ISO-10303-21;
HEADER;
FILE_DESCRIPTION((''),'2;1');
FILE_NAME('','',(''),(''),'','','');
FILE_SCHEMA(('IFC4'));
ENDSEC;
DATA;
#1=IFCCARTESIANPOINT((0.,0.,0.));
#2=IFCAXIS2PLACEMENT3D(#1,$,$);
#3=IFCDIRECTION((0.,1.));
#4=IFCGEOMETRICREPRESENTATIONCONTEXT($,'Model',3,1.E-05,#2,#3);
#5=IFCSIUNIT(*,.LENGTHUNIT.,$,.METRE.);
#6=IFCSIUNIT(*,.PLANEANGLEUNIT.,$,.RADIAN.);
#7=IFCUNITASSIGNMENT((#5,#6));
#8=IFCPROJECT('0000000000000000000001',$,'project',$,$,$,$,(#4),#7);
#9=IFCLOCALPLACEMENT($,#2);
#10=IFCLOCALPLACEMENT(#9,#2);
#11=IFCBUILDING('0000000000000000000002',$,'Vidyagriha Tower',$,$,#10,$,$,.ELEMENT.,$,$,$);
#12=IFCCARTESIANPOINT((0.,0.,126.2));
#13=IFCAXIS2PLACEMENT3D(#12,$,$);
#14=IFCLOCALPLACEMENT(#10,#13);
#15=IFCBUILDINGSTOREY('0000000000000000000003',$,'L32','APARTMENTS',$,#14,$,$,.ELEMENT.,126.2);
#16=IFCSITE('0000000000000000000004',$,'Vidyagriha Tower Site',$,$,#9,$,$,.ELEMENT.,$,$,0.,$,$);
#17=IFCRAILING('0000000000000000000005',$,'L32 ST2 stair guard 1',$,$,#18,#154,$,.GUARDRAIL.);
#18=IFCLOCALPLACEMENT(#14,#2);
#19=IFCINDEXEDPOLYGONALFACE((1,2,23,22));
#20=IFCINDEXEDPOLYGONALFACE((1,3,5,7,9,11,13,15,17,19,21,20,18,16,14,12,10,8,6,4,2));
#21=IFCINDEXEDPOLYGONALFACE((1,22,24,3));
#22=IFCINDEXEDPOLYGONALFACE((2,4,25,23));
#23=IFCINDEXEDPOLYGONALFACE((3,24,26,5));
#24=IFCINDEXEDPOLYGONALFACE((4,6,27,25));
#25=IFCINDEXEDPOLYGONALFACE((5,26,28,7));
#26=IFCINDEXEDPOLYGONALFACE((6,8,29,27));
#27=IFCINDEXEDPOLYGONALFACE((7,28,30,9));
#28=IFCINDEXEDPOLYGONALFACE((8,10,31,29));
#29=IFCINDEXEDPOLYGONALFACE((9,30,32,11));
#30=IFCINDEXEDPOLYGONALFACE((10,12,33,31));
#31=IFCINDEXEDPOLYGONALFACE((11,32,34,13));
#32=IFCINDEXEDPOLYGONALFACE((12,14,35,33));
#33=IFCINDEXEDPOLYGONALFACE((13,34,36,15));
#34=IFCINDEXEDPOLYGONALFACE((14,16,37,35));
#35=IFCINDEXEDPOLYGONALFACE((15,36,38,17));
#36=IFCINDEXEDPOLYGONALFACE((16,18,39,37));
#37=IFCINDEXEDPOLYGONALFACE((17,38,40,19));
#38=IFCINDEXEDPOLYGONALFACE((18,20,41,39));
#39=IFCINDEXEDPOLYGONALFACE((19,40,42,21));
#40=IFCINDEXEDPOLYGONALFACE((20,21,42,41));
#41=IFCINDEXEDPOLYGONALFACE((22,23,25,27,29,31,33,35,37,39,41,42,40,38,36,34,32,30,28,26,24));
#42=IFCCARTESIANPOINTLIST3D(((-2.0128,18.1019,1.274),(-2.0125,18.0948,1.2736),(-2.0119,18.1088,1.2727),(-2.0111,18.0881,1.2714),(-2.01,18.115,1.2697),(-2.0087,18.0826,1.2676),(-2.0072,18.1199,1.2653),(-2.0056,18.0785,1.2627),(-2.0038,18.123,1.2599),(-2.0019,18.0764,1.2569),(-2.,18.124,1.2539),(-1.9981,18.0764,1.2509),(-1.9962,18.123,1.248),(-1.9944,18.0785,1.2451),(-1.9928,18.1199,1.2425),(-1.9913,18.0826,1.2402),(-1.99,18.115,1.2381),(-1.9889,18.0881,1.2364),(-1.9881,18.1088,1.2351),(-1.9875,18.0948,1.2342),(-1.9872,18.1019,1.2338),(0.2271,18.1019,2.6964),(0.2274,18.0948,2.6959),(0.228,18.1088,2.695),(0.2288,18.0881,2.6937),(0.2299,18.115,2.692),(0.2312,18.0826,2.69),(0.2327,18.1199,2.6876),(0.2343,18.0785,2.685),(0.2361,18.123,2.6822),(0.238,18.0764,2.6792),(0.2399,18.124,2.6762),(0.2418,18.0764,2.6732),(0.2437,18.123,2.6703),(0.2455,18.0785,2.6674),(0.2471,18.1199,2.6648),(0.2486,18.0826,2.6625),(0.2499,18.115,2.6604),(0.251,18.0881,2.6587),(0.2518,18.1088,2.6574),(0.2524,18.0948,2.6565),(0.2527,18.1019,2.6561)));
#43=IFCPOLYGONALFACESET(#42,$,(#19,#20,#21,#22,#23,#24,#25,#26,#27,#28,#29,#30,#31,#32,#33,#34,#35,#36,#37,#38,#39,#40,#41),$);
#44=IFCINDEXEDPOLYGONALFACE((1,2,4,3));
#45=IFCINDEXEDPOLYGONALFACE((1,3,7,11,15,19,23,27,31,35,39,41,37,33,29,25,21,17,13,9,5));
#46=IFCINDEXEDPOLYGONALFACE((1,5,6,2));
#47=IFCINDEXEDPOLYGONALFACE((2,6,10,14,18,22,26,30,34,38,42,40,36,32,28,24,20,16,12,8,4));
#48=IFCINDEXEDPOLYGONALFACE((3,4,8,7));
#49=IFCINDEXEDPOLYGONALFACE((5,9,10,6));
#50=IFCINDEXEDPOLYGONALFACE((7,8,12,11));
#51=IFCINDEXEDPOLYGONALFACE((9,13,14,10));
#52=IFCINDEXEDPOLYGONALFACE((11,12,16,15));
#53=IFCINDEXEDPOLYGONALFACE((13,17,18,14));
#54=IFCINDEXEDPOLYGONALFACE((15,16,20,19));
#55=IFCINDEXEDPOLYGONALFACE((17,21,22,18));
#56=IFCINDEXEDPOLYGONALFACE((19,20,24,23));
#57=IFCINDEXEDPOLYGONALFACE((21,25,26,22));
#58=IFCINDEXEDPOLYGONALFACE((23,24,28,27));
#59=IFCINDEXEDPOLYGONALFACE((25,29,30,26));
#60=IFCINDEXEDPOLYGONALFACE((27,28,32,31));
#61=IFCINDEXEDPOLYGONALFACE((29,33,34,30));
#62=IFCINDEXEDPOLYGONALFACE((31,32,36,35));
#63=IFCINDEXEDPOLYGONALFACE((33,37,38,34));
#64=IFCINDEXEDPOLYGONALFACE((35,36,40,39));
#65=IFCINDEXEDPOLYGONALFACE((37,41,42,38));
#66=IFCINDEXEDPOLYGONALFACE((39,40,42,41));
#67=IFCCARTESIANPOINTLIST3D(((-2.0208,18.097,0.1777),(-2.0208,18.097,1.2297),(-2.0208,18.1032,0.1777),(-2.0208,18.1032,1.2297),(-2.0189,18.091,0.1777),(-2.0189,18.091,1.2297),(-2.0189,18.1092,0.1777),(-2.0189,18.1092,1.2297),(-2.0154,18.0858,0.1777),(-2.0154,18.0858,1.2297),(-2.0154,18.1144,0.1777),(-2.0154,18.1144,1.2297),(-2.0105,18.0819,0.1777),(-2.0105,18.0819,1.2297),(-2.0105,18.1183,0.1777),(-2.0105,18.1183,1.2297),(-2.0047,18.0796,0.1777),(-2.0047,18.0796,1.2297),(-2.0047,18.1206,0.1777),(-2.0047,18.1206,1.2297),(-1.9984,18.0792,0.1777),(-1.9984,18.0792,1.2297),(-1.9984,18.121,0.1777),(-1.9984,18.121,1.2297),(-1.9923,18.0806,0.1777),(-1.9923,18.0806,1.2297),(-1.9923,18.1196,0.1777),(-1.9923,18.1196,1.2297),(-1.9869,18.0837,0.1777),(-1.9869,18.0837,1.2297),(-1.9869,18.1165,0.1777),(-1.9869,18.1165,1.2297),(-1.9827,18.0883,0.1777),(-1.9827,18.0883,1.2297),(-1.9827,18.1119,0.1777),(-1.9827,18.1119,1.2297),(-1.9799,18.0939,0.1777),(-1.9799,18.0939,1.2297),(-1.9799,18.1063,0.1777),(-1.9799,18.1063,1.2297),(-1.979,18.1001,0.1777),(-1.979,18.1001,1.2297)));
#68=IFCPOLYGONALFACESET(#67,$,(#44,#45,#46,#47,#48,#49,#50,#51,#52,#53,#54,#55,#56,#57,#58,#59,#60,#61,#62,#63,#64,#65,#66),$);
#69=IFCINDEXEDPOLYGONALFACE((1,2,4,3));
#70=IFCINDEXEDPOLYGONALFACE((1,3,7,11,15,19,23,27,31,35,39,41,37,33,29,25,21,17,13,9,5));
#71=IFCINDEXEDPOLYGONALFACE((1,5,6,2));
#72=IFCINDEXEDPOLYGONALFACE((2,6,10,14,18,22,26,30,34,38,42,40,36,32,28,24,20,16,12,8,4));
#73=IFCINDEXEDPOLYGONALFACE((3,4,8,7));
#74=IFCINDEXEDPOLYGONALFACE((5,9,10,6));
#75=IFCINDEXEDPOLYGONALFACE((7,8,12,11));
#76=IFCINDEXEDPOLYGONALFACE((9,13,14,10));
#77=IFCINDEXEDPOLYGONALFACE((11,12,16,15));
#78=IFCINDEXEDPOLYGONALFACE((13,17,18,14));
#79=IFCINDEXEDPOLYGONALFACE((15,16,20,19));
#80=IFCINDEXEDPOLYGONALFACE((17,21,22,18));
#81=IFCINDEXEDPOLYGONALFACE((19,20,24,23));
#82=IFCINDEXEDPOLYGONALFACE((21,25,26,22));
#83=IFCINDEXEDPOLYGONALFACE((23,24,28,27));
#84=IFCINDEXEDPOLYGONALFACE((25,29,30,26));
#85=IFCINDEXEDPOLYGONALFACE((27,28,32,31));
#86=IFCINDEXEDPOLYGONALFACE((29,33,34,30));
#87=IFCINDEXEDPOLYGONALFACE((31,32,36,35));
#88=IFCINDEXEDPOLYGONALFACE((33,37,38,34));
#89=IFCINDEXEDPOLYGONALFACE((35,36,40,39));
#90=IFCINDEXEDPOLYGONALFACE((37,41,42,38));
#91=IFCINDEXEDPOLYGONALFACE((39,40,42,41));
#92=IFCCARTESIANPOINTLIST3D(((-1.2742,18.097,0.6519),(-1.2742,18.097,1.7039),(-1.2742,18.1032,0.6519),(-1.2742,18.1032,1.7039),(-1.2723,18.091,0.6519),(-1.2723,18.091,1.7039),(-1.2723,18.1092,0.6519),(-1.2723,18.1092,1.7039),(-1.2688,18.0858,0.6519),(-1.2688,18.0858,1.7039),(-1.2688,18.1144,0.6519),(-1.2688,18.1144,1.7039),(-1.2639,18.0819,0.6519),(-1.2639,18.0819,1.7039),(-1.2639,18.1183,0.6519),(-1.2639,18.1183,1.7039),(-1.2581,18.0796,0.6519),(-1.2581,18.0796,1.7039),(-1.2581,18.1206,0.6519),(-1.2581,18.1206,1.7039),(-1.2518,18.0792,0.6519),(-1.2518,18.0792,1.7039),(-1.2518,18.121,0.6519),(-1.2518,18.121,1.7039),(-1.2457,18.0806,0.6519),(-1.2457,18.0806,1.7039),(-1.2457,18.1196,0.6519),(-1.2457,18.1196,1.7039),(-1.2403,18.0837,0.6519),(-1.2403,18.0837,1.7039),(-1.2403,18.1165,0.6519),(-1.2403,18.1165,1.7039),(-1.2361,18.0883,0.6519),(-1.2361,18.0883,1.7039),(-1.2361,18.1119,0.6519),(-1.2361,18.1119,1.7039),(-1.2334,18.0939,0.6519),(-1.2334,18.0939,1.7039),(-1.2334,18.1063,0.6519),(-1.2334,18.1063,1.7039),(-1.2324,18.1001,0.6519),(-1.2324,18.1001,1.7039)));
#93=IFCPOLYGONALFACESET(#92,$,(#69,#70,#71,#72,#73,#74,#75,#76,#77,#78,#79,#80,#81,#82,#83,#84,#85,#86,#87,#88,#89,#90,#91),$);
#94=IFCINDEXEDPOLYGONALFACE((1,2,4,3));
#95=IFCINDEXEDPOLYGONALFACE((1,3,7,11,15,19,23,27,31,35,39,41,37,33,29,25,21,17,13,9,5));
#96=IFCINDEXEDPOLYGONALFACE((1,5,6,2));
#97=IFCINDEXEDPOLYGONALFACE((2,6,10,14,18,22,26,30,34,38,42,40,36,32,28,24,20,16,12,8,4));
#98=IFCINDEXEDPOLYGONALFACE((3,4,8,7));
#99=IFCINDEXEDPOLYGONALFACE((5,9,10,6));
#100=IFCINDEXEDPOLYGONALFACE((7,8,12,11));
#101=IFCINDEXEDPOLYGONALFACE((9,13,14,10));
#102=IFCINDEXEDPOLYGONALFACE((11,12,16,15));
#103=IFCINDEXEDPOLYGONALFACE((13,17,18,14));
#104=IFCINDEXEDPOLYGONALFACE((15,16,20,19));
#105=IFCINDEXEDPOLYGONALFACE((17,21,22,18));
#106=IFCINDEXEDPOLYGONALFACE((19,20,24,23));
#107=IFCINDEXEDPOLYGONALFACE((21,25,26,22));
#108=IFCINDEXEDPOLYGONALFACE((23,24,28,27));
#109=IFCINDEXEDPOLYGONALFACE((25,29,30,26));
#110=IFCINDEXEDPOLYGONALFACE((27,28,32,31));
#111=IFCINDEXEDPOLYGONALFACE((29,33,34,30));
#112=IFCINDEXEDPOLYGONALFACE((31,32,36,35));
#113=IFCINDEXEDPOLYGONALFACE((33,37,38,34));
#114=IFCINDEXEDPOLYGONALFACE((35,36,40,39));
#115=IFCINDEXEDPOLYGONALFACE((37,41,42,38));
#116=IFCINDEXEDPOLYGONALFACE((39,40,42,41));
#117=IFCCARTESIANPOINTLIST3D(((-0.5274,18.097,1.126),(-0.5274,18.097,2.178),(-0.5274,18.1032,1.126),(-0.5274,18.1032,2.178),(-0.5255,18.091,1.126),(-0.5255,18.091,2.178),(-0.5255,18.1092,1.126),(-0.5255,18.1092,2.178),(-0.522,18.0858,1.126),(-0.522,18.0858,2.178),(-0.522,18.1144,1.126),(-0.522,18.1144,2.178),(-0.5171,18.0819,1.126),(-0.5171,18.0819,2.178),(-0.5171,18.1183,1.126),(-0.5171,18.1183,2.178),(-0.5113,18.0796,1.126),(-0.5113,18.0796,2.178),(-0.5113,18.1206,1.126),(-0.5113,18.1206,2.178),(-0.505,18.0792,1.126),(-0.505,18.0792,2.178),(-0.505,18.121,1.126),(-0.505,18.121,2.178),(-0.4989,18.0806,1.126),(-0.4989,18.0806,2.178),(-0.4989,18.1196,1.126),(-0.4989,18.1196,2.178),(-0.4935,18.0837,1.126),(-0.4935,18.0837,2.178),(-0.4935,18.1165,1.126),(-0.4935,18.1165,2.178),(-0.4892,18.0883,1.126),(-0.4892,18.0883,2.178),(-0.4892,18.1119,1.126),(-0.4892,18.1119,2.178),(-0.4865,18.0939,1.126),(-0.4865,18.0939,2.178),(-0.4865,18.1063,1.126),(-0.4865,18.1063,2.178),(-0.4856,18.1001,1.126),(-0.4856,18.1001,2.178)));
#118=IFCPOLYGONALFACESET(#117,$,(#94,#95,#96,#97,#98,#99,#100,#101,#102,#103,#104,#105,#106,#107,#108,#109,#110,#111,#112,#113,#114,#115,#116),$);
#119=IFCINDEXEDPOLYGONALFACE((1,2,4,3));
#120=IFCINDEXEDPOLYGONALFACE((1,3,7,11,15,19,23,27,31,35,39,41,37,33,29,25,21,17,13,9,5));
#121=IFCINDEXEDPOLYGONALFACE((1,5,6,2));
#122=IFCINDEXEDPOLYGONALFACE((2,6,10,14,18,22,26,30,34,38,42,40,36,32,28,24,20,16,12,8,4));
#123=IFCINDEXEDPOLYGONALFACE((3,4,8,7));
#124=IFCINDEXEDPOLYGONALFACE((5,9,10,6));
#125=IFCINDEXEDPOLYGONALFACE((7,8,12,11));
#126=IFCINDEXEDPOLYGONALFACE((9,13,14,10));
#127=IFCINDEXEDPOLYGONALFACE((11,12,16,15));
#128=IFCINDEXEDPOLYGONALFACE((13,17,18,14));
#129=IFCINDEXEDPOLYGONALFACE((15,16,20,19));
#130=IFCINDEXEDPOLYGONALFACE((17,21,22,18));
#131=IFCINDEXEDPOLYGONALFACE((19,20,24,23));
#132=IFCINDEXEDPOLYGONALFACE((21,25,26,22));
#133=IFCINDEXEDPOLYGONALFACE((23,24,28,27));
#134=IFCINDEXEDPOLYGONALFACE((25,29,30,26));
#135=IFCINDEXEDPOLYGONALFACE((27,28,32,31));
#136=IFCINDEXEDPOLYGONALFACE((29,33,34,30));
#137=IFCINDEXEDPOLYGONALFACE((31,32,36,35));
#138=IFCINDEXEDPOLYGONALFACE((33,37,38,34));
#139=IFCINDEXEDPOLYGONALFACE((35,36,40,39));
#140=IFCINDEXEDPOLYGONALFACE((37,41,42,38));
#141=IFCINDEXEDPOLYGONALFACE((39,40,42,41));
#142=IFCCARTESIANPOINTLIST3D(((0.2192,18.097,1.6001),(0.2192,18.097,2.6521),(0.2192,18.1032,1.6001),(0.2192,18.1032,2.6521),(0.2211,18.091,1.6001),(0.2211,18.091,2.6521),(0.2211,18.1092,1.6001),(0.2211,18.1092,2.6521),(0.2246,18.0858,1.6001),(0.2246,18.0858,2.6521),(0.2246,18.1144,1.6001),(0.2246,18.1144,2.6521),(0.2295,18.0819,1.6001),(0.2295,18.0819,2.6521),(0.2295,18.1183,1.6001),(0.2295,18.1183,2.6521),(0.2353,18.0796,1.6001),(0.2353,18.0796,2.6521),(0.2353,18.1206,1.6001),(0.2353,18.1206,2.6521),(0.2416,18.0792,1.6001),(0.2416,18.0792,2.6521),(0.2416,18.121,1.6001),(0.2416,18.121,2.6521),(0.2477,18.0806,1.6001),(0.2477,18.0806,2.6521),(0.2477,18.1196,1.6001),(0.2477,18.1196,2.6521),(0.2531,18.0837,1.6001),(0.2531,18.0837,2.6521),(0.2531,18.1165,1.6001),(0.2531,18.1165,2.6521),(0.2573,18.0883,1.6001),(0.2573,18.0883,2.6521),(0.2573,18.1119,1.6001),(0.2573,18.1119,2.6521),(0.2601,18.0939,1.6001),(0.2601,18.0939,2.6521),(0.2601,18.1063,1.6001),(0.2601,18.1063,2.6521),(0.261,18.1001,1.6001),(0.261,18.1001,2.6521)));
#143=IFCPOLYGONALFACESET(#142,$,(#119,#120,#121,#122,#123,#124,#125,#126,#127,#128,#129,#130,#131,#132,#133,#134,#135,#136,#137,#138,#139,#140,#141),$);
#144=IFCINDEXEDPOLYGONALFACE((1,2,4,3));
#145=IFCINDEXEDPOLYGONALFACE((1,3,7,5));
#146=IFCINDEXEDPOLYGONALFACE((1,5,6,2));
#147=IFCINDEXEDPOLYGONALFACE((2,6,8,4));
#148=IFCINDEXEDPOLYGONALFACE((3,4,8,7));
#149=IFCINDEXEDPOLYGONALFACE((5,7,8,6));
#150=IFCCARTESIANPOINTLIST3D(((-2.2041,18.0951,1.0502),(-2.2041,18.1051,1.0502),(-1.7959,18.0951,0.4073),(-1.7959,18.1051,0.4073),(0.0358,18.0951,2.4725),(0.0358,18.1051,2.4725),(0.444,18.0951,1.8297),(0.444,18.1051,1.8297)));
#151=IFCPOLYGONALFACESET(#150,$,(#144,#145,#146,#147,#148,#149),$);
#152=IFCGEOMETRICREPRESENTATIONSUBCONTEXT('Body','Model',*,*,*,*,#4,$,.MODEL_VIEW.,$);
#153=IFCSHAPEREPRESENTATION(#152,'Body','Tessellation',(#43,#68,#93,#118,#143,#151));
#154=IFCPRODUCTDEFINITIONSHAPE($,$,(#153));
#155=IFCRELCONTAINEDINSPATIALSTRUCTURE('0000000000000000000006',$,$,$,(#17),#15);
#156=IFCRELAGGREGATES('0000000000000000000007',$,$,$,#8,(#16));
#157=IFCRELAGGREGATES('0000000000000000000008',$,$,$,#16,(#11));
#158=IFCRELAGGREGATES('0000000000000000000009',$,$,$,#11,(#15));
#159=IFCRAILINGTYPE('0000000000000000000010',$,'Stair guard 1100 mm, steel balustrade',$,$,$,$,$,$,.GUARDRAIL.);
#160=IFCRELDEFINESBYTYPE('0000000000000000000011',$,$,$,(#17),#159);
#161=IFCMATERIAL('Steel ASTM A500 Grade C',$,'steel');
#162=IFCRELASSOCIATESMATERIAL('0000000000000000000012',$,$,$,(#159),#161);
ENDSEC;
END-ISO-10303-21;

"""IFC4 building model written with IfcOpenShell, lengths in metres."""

from ifc_helpers import new_model, si_unit, direction, frame, origin, origin_2d, place, context, subcontext, project, spatial, rectangle, circle, extrude, material, type_object, element, save


model = new_model("IFC4")

# Units and contexts
model_context = context("Model", 3, precision=1e-05, world=origin(), true_north=direction((0.0, 1.0)))
body_context = subcontext(model_context, "Body", "Model", "MODEL_VIEW")
ifc_project = project(units=[si_unit("LENGTHUNIT", "METRE"), si_unit("PLANEANGLEUNIT", "RADIAN")], contexts=[model_context])

# Site, building, storey
site_placement = place(None, origin())
site = spatial("IfcSite", under=ifc_project, at=site_placement, Name="Vidyagriha Tower Site", CompositionType="ELEMENT", RefElevation=0.0)
building_placement = place(site_placement, origin())
building = spatial("IfcBuilding", under=site, at=building_placement, Name="Vidyagriha Tower", CompositionType="ELEMENT")
storey_placement = place(building_placement, frame((0.0, 0.0, 126.2)))
storey = spatial("IfcBuildingStorey", under=building, at=storey_placement, Name="L32", Description="APARTMENTS", CompositionType="ELEMENT", Elevation=126.2)

# Railing
ifc_material_1 = material(Name="Steel ASTM A500 Grade C", Category="steel")
railing_type_1 = type_object("IfcRailingType", Name="Stair guard 1100 mm, steel balustrade", PredefinedType="GUARDRAIL", material=ifc_material_1)
railing_1_placement = place(storey_placement, frame((-2.0, 18.1001, 0.1777)))
element("IfcRailing", 1, at=railing_1_placement, inside=storey, type_object=railing_type_1, Name="L32 ST2 stair guard 1", PredefinedType="GUARDRAIL", context=body_context, shape_type="SweptSolid", body=[
    extrude(circle(Radius=0.0239, at=origin_2d()), frame((0.0, 0.0, 1.0762), z_axis=(0.844188, 0.0, 0.536048), x_axis=(0.0, 1.0, 0.0)), (0.0, 0.0, 1.0), 2.6533),
    extrude(circle(Radius=0.021, at=origin_2d()), origin(), (0.0, 0.0, 1.0), 1.052),
    extrude(circle(Radius=0.021, at=origin_2d()), frame((0.7466, 0.0, 0.4741)), (0.0, 0.0, 1.0), 1.052),
    extrude(circle(Radius=0.021, at=origin_2d()), frame((1.4934, 0.0, 0.9482)), (0.0, 0.0, 1.0), 1.052),
    extrude(circle(Radius=0.021, at=origin_2d()), frame((2.24, 0.0, 1.4224)), (0.0, 0.0, 1.0), 1.052),
    extrude(rectangle(XDim=0.01, YDim=0.7615, at=origin_2d()), frame((0.0, 0.0, 0.551), z_axis=(0.844188, 0.0, 0.536048), x_axis=(0.0, 1.0, 0.0)), (0.0, 0.0, 1.0), 2.6533),
])

save(model, "model.ifc")
